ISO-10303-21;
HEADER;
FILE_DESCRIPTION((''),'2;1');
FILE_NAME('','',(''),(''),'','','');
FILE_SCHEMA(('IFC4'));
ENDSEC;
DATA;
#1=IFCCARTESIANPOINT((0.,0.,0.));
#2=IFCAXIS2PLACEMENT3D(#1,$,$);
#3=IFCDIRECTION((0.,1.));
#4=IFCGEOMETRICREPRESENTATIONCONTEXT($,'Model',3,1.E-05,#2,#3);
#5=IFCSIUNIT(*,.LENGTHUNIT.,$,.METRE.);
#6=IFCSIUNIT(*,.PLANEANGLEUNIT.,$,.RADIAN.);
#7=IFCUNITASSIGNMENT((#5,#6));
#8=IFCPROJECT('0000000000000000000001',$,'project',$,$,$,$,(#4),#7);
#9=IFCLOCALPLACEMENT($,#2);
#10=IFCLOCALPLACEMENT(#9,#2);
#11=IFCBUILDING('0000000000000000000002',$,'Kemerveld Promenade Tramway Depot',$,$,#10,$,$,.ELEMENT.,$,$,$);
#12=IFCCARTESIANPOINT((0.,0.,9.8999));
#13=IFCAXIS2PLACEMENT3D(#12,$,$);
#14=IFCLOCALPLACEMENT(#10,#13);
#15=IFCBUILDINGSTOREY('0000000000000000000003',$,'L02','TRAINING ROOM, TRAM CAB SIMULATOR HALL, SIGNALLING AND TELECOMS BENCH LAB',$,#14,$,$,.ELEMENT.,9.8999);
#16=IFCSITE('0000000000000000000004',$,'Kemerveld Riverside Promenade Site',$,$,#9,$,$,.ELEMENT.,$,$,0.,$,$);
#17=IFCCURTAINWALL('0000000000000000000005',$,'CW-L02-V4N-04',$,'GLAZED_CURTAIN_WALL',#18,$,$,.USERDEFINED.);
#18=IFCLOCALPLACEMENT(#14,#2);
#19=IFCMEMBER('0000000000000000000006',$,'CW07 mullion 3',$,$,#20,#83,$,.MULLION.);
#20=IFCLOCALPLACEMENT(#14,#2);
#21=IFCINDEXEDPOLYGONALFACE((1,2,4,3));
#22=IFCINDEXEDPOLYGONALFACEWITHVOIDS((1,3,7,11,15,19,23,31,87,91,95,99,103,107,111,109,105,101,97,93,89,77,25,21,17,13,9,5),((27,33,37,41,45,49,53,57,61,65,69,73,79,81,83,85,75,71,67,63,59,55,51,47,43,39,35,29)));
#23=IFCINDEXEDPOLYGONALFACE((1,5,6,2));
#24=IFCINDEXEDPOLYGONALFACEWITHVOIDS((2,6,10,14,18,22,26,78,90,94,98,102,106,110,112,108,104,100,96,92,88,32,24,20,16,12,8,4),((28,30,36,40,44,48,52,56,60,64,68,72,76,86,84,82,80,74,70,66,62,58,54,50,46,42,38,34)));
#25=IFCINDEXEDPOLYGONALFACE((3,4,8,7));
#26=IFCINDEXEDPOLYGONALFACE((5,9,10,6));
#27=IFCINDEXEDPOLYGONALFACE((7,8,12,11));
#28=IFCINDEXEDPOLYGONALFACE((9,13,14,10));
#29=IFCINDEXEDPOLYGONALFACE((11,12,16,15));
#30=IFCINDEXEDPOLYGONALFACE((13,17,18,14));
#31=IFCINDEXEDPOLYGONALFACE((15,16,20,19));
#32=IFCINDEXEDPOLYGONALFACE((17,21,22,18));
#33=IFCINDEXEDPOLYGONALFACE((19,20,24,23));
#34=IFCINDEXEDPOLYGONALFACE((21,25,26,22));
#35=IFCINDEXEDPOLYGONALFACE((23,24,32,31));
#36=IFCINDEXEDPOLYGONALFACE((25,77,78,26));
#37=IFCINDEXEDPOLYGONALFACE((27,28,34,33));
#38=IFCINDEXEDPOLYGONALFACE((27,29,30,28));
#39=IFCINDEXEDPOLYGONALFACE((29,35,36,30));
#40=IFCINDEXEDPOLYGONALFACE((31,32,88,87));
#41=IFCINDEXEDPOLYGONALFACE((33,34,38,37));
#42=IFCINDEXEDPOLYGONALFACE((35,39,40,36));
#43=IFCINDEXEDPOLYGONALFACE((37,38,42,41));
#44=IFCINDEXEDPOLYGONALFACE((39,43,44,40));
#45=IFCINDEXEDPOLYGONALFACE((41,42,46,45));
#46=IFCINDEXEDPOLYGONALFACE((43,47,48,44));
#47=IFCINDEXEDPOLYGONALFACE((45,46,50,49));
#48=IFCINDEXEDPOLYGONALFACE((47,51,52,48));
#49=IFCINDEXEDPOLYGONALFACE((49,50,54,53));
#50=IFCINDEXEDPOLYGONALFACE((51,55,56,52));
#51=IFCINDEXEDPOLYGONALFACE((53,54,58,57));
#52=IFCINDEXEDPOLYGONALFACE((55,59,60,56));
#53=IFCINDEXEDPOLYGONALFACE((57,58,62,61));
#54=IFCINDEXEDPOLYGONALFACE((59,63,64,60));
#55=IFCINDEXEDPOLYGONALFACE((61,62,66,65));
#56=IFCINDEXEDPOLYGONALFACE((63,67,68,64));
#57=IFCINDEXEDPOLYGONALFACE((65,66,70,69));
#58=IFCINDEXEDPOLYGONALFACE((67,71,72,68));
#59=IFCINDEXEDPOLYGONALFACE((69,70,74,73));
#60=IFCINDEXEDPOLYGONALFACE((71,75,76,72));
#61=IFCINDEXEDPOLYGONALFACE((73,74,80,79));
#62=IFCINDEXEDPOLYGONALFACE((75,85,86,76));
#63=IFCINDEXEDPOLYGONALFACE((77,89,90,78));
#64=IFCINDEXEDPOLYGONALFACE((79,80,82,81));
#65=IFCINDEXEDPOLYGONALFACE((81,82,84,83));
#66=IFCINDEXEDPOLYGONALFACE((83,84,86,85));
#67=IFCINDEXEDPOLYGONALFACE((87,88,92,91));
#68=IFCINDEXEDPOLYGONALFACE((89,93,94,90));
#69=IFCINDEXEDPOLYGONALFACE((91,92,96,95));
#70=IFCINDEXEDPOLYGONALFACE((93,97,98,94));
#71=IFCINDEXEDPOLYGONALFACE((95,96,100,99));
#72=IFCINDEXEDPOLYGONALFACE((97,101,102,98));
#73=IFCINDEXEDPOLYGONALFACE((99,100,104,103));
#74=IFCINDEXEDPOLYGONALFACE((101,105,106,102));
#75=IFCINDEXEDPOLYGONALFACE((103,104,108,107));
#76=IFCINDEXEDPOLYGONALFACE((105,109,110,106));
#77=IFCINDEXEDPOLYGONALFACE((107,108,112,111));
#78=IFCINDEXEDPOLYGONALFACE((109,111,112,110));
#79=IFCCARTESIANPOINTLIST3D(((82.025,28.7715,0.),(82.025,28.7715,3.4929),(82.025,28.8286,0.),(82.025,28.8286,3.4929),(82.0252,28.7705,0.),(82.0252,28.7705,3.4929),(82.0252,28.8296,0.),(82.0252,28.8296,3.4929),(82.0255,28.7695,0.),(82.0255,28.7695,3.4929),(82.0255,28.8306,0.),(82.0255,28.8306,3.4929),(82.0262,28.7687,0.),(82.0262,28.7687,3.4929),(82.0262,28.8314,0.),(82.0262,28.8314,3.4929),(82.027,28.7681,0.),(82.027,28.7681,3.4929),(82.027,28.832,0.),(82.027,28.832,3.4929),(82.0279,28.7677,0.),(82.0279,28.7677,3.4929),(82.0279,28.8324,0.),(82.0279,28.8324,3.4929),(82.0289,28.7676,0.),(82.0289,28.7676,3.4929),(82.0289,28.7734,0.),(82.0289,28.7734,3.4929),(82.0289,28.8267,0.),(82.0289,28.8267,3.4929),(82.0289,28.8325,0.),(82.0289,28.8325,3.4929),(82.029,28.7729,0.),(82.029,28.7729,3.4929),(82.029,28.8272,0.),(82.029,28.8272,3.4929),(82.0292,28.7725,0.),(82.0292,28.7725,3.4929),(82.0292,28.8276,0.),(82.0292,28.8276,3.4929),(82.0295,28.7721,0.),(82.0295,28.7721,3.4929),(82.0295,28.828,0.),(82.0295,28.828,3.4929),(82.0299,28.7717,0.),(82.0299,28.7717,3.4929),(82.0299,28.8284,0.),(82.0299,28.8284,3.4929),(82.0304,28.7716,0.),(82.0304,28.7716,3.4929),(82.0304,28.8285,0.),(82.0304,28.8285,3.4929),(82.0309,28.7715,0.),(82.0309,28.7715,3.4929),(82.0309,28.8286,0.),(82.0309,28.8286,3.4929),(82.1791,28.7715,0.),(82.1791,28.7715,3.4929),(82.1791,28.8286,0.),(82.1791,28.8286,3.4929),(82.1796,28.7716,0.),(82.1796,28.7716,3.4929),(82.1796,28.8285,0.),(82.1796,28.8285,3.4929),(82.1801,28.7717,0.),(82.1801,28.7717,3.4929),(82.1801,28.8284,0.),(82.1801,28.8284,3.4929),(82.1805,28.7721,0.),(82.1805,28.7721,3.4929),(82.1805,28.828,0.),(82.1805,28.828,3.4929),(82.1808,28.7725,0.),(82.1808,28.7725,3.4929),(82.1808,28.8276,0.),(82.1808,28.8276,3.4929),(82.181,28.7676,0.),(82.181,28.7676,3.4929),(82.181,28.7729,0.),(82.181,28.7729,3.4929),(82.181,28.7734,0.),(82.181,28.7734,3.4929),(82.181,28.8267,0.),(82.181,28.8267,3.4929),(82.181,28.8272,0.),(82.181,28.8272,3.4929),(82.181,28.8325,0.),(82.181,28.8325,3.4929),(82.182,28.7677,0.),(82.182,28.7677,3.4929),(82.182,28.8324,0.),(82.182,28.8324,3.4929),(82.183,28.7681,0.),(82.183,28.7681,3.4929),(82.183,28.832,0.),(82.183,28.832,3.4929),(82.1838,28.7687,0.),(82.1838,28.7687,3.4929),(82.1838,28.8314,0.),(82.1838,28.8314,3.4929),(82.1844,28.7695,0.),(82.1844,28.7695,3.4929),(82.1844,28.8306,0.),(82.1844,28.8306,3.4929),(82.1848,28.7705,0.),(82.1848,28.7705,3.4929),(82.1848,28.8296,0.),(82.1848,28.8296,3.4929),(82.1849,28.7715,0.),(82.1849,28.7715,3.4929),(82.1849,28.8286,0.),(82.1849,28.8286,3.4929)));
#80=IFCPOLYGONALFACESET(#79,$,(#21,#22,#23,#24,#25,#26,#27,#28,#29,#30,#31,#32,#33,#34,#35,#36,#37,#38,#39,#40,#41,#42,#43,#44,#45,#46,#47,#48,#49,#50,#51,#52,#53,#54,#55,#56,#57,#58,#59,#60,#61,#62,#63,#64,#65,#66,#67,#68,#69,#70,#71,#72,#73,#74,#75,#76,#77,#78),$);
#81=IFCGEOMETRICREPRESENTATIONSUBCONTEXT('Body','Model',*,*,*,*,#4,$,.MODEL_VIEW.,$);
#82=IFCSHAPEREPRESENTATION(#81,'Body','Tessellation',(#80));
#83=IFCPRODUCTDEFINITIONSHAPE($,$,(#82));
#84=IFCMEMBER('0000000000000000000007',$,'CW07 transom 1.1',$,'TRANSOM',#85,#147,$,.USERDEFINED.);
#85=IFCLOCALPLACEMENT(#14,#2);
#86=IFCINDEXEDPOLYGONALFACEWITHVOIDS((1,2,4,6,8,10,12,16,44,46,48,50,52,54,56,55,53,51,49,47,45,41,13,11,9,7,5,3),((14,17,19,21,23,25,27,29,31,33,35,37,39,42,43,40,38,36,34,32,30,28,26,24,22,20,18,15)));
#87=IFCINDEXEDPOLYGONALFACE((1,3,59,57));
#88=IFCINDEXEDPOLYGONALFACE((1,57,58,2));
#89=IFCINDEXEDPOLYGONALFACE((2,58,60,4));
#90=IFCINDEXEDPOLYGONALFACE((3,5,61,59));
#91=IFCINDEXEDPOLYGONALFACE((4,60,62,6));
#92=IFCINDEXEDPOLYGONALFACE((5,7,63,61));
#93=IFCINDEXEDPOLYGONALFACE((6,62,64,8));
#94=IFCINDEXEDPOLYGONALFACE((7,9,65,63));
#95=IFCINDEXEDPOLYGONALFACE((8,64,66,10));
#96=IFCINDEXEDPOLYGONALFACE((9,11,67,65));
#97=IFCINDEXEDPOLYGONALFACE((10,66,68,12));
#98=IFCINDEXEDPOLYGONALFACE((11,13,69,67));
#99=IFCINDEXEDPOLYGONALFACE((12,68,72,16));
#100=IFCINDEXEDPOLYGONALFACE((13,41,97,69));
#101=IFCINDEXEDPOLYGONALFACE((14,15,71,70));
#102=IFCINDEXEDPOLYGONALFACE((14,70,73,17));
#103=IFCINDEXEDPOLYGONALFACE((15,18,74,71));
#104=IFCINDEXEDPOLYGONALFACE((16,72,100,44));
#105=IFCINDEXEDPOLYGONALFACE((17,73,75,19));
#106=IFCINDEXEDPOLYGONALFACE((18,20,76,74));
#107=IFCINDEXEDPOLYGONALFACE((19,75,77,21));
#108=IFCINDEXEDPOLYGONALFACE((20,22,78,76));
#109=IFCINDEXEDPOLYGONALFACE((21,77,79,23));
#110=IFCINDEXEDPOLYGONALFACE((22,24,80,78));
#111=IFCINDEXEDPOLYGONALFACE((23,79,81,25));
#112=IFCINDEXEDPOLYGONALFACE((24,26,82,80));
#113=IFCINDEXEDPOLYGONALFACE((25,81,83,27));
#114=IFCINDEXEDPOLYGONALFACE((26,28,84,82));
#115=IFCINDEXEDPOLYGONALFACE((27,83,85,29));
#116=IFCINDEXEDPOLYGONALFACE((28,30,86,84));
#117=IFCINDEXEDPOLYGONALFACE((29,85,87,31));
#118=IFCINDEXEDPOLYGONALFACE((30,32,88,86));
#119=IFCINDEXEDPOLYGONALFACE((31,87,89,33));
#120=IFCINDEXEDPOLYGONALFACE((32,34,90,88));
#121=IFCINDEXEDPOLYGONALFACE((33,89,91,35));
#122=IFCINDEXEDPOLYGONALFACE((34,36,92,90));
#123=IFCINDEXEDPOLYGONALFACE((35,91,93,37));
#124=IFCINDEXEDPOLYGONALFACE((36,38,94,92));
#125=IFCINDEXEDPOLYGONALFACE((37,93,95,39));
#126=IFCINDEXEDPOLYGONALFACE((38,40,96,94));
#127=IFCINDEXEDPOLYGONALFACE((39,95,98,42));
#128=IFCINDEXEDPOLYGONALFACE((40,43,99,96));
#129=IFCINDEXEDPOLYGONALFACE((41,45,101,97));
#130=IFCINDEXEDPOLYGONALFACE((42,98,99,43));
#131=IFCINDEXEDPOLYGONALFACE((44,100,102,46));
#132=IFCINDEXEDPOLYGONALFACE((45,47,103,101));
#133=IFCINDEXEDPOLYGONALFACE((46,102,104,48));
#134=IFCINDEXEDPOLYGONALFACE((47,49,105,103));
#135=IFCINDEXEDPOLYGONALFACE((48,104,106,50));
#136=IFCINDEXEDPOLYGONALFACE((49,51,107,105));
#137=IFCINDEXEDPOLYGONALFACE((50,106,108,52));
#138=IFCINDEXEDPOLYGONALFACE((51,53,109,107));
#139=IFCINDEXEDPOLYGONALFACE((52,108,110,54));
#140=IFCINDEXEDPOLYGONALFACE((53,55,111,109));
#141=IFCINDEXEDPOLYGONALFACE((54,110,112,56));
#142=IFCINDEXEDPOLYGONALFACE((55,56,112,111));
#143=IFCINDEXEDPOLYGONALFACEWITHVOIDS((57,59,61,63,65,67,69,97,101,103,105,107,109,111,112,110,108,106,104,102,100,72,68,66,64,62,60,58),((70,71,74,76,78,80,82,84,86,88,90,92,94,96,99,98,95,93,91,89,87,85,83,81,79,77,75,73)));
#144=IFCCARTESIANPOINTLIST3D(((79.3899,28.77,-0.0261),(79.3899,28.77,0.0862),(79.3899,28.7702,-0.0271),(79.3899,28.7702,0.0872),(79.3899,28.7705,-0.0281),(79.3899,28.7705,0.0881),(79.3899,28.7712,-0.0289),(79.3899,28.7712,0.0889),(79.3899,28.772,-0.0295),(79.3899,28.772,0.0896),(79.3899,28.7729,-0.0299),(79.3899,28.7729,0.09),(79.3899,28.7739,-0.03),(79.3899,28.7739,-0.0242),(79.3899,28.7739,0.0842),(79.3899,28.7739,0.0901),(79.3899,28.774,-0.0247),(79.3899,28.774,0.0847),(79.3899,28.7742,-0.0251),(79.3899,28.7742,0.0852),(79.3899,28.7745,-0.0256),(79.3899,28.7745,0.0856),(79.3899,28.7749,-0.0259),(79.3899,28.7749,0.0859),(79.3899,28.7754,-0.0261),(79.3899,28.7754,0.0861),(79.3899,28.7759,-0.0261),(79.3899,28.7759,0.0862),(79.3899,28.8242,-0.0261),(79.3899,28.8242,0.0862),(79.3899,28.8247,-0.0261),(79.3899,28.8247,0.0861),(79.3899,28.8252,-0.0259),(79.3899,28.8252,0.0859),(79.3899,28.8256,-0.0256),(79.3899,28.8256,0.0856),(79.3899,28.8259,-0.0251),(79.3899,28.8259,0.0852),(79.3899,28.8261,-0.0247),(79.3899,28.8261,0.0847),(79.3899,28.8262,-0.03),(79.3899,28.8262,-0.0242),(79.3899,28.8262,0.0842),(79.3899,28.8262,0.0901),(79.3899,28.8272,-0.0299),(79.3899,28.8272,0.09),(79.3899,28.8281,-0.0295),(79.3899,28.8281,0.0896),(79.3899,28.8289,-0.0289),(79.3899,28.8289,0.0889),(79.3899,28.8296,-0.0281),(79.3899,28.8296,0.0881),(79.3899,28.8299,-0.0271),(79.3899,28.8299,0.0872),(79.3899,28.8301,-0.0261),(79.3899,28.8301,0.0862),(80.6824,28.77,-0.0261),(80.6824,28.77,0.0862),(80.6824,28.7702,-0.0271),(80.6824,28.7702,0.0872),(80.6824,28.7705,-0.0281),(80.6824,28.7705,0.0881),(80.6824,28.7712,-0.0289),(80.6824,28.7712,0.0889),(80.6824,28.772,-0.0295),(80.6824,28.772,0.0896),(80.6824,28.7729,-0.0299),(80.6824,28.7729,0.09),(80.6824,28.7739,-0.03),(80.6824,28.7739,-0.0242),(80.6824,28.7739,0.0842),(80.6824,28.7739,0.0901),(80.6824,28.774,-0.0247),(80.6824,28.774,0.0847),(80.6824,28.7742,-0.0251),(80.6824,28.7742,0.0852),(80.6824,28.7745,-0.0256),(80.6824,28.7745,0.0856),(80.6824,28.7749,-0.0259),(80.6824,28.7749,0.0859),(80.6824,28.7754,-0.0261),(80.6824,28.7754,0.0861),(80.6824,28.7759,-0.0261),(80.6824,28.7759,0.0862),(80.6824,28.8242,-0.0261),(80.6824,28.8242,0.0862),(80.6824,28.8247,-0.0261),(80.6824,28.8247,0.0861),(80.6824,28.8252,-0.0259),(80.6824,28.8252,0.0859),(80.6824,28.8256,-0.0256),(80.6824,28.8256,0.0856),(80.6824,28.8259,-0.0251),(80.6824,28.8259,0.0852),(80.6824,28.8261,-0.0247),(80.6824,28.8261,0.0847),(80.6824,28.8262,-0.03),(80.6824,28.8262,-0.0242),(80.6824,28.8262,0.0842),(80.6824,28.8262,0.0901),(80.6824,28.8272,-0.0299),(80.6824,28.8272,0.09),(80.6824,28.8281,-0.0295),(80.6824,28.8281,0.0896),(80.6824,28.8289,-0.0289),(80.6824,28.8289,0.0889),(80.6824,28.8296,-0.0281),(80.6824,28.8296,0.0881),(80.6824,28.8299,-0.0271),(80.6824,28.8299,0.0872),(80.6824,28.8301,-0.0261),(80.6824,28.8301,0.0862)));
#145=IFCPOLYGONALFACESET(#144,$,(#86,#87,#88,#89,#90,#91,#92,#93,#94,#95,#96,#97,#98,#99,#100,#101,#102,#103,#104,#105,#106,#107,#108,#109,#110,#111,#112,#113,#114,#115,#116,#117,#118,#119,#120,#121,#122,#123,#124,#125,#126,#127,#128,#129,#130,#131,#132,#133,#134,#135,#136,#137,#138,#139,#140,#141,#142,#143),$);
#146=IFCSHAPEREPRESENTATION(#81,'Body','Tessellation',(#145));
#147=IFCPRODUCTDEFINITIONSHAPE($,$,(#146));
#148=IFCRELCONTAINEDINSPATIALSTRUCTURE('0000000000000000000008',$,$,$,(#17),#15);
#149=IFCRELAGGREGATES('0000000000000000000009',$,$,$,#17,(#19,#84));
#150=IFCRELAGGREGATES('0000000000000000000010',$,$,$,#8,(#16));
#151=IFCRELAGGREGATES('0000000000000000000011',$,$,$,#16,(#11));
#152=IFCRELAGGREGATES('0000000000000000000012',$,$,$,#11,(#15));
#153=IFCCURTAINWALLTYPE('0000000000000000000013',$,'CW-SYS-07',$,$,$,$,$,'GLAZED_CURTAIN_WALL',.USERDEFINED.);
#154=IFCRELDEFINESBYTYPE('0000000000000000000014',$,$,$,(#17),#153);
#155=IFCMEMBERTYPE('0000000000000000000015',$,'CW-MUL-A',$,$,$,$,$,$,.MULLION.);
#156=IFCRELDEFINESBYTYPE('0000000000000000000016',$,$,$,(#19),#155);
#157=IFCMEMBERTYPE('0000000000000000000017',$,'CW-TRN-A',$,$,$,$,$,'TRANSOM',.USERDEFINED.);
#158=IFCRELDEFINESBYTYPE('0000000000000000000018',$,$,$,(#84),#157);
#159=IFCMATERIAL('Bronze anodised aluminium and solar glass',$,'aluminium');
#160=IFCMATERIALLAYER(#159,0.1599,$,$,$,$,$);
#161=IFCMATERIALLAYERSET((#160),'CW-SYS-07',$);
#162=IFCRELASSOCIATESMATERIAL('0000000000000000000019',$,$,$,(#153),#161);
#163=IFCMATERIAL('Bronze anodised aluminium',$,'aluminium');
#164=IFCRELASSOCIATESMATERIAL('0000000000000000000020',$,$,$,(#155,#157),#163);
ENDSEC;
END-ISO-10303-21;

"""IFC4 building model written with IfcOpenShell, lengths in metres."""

from ifc_helpers import new_model, si_unit, direction, frame, origin, origin_2d, place, context, subcontext, project, spatial, hollow_rectangle, extrude, material, layer, layer_set, material_profile, profile_set, type_object, element, aggregate, save


model = new_model("IFC4")

# Units and contexts
model_context = context("Model", 3, precision=1e-05, world=origin(), true_north=direction((0.0, 1.0)))
body_context = subcontext(model_context, "Body", "Model", "MODEL_VIEW")
ifc_project = project(units=[si_unit("LENGTHUNIT", "METRE"), si_unit("PLANEANGLEUNIT", "RADIAN")], contexts=[model_context])

# Site, building, storey
site_placement = place(None, origin())
site = spatial("IfcSite", under=ifc_project, at=site_placement, Name="Kemerveld Riverside Promenade Site", CompositionType="ELEMENT", RefElevation=0.0)
building_placement = place(site_placement, origin())
building = spatial("IfcBuilding", under=site, at=building_placement, Name="Kemerveld Promenade Tramway Depot", CompositionType="ELEMENT")
storey_placement = place(building_placement, frame((0.0, 0.0, 9.8999)))
storey = spatial("IfcBuildingStorey", under=building, at=storey_placement, Name="L02", Description="TRAINING ROOM, TRAM CAB SIMULATOR HALL, SIGNALLING AND TELECOMS BENCH LAB", CompositionType="ELEMENT", Elevation=9.8999)

# Curtain wall, members
ifc_material_1 = material(Name="Bronze anodised aluminium and solar glass", Category="aluminium")
ifc_layer_1 = layer(ifc_material_1, 0.1599)
ifc_layer_set_1 = layer_set([ifc_layer_1], Name="CW-SYS-07")
curtain_wall_type = type_object("IfcCurtainWallType", Name="CW-SYS-07", ElementType="GLAZED_CURTAIN_WALL", PredefinedType="USERDEFINED", material=ifc_layer_set_1)
curtain_wall_placement = place(storey_placement, origin())
curtain_wall = element("IfcCurtainWall", 1, at=curtain_wall_placement, inside=storey, type_object=curtain_wall_type, Name="CW-L02-V4N-04", ObjectType="GLAZED_CURTAIN_WALL", PredefinedType="USERDEFINED")
ifc_material_2 = material(Name="Bronze anodised aluminium", Category="aluminium")
ifc_material_profile_1 = material_profile(ifc_material_2, hollow_rectangle(XDim=0.0649, YDim=0.1599, WallThickness=0.0039, InnerFilletRadius=0.002, OuterFilletRadius=0.0039, at=origin_2d()), Name="CW-MUL-160x65")
ifc_profile_set_1 = profile_set([ifc_material_profile_1], Name="Bronze anodised aluminium")
member_type_1 = type_object("IfcMemberType", Name="CW-MUL-A", PredefinedType="MULLION", material=ifc_profile_set_1)
member_1_placement = place(storey_placement, frame((82.105, 28.8, 0.0), z_axis=(0.0, 0.0, 1.0), x_axis=(0.0, 1.0, 0.0)))
member_1 = element("IfcMember", 2, at=member_1_placement, type_object=member_type_1, Name="CW07 mullion 3", PredefinedType="MULLION", context=body_context, shape_type="SweptSolid", body=[
    extrude(hollow_rectangle(XDim=0.0649, YDim=0.1599, WallThickness=0.0039, InnerFilletRadius=0.002, OuterFilletRadius=0.0039, at=origin_2d()), origin(), (0.0, 0.0, 1.0), 3.4929),
])
ifc_material_profile_2 = material_profile(ifc_material_2, hollow_rectangle(XDim=0.0601, YDim=0.1201, WallThickness=0.0039, InnerFilletRadius=0.002, OuterFilletRadius=0.0039, at=origin_2d()), Name="CW-TRN-120x60")
ifc_profile_set_2 = profile_set([ifc_material_profile_2], Name="Bronze anodised aluminium")
member_type_2 = type_object("IfcMemberType", Name="CW-TRN-A", ElementType="TRANSOM", PredefinedType="USERDEFINED", material=ifc_profile_set_2)
member_2_placement = place(storey_placement, frame((79.3899, 28.8, 0.03), z_axis=(1.0, 0.0, 0.0), x_axis=(0.0, 1.0, 0.0)))
member_2 = element("IfcMember", 3, at=member_2_placement, type_object=member_type_2, Name="CW07 transom 1.1", ObjectType="TRANSOM", PredefinedType="USERDEFINED", context=body_context, shape_type="SweptSolid", body=[
    extrude(hollow_rectangle(XDim=0.0601, YDim=0.1201, WallThickness=0.0039, InnerFilletRadius=0.002, OuterFilletRadius=0.0039, at=origin_2d()), origin(), (0.0, 0.0, 1.0), 1.2925),
])
aggregate(curtain_wall, [member_1, member_2])

save(model, "model.ifc")
